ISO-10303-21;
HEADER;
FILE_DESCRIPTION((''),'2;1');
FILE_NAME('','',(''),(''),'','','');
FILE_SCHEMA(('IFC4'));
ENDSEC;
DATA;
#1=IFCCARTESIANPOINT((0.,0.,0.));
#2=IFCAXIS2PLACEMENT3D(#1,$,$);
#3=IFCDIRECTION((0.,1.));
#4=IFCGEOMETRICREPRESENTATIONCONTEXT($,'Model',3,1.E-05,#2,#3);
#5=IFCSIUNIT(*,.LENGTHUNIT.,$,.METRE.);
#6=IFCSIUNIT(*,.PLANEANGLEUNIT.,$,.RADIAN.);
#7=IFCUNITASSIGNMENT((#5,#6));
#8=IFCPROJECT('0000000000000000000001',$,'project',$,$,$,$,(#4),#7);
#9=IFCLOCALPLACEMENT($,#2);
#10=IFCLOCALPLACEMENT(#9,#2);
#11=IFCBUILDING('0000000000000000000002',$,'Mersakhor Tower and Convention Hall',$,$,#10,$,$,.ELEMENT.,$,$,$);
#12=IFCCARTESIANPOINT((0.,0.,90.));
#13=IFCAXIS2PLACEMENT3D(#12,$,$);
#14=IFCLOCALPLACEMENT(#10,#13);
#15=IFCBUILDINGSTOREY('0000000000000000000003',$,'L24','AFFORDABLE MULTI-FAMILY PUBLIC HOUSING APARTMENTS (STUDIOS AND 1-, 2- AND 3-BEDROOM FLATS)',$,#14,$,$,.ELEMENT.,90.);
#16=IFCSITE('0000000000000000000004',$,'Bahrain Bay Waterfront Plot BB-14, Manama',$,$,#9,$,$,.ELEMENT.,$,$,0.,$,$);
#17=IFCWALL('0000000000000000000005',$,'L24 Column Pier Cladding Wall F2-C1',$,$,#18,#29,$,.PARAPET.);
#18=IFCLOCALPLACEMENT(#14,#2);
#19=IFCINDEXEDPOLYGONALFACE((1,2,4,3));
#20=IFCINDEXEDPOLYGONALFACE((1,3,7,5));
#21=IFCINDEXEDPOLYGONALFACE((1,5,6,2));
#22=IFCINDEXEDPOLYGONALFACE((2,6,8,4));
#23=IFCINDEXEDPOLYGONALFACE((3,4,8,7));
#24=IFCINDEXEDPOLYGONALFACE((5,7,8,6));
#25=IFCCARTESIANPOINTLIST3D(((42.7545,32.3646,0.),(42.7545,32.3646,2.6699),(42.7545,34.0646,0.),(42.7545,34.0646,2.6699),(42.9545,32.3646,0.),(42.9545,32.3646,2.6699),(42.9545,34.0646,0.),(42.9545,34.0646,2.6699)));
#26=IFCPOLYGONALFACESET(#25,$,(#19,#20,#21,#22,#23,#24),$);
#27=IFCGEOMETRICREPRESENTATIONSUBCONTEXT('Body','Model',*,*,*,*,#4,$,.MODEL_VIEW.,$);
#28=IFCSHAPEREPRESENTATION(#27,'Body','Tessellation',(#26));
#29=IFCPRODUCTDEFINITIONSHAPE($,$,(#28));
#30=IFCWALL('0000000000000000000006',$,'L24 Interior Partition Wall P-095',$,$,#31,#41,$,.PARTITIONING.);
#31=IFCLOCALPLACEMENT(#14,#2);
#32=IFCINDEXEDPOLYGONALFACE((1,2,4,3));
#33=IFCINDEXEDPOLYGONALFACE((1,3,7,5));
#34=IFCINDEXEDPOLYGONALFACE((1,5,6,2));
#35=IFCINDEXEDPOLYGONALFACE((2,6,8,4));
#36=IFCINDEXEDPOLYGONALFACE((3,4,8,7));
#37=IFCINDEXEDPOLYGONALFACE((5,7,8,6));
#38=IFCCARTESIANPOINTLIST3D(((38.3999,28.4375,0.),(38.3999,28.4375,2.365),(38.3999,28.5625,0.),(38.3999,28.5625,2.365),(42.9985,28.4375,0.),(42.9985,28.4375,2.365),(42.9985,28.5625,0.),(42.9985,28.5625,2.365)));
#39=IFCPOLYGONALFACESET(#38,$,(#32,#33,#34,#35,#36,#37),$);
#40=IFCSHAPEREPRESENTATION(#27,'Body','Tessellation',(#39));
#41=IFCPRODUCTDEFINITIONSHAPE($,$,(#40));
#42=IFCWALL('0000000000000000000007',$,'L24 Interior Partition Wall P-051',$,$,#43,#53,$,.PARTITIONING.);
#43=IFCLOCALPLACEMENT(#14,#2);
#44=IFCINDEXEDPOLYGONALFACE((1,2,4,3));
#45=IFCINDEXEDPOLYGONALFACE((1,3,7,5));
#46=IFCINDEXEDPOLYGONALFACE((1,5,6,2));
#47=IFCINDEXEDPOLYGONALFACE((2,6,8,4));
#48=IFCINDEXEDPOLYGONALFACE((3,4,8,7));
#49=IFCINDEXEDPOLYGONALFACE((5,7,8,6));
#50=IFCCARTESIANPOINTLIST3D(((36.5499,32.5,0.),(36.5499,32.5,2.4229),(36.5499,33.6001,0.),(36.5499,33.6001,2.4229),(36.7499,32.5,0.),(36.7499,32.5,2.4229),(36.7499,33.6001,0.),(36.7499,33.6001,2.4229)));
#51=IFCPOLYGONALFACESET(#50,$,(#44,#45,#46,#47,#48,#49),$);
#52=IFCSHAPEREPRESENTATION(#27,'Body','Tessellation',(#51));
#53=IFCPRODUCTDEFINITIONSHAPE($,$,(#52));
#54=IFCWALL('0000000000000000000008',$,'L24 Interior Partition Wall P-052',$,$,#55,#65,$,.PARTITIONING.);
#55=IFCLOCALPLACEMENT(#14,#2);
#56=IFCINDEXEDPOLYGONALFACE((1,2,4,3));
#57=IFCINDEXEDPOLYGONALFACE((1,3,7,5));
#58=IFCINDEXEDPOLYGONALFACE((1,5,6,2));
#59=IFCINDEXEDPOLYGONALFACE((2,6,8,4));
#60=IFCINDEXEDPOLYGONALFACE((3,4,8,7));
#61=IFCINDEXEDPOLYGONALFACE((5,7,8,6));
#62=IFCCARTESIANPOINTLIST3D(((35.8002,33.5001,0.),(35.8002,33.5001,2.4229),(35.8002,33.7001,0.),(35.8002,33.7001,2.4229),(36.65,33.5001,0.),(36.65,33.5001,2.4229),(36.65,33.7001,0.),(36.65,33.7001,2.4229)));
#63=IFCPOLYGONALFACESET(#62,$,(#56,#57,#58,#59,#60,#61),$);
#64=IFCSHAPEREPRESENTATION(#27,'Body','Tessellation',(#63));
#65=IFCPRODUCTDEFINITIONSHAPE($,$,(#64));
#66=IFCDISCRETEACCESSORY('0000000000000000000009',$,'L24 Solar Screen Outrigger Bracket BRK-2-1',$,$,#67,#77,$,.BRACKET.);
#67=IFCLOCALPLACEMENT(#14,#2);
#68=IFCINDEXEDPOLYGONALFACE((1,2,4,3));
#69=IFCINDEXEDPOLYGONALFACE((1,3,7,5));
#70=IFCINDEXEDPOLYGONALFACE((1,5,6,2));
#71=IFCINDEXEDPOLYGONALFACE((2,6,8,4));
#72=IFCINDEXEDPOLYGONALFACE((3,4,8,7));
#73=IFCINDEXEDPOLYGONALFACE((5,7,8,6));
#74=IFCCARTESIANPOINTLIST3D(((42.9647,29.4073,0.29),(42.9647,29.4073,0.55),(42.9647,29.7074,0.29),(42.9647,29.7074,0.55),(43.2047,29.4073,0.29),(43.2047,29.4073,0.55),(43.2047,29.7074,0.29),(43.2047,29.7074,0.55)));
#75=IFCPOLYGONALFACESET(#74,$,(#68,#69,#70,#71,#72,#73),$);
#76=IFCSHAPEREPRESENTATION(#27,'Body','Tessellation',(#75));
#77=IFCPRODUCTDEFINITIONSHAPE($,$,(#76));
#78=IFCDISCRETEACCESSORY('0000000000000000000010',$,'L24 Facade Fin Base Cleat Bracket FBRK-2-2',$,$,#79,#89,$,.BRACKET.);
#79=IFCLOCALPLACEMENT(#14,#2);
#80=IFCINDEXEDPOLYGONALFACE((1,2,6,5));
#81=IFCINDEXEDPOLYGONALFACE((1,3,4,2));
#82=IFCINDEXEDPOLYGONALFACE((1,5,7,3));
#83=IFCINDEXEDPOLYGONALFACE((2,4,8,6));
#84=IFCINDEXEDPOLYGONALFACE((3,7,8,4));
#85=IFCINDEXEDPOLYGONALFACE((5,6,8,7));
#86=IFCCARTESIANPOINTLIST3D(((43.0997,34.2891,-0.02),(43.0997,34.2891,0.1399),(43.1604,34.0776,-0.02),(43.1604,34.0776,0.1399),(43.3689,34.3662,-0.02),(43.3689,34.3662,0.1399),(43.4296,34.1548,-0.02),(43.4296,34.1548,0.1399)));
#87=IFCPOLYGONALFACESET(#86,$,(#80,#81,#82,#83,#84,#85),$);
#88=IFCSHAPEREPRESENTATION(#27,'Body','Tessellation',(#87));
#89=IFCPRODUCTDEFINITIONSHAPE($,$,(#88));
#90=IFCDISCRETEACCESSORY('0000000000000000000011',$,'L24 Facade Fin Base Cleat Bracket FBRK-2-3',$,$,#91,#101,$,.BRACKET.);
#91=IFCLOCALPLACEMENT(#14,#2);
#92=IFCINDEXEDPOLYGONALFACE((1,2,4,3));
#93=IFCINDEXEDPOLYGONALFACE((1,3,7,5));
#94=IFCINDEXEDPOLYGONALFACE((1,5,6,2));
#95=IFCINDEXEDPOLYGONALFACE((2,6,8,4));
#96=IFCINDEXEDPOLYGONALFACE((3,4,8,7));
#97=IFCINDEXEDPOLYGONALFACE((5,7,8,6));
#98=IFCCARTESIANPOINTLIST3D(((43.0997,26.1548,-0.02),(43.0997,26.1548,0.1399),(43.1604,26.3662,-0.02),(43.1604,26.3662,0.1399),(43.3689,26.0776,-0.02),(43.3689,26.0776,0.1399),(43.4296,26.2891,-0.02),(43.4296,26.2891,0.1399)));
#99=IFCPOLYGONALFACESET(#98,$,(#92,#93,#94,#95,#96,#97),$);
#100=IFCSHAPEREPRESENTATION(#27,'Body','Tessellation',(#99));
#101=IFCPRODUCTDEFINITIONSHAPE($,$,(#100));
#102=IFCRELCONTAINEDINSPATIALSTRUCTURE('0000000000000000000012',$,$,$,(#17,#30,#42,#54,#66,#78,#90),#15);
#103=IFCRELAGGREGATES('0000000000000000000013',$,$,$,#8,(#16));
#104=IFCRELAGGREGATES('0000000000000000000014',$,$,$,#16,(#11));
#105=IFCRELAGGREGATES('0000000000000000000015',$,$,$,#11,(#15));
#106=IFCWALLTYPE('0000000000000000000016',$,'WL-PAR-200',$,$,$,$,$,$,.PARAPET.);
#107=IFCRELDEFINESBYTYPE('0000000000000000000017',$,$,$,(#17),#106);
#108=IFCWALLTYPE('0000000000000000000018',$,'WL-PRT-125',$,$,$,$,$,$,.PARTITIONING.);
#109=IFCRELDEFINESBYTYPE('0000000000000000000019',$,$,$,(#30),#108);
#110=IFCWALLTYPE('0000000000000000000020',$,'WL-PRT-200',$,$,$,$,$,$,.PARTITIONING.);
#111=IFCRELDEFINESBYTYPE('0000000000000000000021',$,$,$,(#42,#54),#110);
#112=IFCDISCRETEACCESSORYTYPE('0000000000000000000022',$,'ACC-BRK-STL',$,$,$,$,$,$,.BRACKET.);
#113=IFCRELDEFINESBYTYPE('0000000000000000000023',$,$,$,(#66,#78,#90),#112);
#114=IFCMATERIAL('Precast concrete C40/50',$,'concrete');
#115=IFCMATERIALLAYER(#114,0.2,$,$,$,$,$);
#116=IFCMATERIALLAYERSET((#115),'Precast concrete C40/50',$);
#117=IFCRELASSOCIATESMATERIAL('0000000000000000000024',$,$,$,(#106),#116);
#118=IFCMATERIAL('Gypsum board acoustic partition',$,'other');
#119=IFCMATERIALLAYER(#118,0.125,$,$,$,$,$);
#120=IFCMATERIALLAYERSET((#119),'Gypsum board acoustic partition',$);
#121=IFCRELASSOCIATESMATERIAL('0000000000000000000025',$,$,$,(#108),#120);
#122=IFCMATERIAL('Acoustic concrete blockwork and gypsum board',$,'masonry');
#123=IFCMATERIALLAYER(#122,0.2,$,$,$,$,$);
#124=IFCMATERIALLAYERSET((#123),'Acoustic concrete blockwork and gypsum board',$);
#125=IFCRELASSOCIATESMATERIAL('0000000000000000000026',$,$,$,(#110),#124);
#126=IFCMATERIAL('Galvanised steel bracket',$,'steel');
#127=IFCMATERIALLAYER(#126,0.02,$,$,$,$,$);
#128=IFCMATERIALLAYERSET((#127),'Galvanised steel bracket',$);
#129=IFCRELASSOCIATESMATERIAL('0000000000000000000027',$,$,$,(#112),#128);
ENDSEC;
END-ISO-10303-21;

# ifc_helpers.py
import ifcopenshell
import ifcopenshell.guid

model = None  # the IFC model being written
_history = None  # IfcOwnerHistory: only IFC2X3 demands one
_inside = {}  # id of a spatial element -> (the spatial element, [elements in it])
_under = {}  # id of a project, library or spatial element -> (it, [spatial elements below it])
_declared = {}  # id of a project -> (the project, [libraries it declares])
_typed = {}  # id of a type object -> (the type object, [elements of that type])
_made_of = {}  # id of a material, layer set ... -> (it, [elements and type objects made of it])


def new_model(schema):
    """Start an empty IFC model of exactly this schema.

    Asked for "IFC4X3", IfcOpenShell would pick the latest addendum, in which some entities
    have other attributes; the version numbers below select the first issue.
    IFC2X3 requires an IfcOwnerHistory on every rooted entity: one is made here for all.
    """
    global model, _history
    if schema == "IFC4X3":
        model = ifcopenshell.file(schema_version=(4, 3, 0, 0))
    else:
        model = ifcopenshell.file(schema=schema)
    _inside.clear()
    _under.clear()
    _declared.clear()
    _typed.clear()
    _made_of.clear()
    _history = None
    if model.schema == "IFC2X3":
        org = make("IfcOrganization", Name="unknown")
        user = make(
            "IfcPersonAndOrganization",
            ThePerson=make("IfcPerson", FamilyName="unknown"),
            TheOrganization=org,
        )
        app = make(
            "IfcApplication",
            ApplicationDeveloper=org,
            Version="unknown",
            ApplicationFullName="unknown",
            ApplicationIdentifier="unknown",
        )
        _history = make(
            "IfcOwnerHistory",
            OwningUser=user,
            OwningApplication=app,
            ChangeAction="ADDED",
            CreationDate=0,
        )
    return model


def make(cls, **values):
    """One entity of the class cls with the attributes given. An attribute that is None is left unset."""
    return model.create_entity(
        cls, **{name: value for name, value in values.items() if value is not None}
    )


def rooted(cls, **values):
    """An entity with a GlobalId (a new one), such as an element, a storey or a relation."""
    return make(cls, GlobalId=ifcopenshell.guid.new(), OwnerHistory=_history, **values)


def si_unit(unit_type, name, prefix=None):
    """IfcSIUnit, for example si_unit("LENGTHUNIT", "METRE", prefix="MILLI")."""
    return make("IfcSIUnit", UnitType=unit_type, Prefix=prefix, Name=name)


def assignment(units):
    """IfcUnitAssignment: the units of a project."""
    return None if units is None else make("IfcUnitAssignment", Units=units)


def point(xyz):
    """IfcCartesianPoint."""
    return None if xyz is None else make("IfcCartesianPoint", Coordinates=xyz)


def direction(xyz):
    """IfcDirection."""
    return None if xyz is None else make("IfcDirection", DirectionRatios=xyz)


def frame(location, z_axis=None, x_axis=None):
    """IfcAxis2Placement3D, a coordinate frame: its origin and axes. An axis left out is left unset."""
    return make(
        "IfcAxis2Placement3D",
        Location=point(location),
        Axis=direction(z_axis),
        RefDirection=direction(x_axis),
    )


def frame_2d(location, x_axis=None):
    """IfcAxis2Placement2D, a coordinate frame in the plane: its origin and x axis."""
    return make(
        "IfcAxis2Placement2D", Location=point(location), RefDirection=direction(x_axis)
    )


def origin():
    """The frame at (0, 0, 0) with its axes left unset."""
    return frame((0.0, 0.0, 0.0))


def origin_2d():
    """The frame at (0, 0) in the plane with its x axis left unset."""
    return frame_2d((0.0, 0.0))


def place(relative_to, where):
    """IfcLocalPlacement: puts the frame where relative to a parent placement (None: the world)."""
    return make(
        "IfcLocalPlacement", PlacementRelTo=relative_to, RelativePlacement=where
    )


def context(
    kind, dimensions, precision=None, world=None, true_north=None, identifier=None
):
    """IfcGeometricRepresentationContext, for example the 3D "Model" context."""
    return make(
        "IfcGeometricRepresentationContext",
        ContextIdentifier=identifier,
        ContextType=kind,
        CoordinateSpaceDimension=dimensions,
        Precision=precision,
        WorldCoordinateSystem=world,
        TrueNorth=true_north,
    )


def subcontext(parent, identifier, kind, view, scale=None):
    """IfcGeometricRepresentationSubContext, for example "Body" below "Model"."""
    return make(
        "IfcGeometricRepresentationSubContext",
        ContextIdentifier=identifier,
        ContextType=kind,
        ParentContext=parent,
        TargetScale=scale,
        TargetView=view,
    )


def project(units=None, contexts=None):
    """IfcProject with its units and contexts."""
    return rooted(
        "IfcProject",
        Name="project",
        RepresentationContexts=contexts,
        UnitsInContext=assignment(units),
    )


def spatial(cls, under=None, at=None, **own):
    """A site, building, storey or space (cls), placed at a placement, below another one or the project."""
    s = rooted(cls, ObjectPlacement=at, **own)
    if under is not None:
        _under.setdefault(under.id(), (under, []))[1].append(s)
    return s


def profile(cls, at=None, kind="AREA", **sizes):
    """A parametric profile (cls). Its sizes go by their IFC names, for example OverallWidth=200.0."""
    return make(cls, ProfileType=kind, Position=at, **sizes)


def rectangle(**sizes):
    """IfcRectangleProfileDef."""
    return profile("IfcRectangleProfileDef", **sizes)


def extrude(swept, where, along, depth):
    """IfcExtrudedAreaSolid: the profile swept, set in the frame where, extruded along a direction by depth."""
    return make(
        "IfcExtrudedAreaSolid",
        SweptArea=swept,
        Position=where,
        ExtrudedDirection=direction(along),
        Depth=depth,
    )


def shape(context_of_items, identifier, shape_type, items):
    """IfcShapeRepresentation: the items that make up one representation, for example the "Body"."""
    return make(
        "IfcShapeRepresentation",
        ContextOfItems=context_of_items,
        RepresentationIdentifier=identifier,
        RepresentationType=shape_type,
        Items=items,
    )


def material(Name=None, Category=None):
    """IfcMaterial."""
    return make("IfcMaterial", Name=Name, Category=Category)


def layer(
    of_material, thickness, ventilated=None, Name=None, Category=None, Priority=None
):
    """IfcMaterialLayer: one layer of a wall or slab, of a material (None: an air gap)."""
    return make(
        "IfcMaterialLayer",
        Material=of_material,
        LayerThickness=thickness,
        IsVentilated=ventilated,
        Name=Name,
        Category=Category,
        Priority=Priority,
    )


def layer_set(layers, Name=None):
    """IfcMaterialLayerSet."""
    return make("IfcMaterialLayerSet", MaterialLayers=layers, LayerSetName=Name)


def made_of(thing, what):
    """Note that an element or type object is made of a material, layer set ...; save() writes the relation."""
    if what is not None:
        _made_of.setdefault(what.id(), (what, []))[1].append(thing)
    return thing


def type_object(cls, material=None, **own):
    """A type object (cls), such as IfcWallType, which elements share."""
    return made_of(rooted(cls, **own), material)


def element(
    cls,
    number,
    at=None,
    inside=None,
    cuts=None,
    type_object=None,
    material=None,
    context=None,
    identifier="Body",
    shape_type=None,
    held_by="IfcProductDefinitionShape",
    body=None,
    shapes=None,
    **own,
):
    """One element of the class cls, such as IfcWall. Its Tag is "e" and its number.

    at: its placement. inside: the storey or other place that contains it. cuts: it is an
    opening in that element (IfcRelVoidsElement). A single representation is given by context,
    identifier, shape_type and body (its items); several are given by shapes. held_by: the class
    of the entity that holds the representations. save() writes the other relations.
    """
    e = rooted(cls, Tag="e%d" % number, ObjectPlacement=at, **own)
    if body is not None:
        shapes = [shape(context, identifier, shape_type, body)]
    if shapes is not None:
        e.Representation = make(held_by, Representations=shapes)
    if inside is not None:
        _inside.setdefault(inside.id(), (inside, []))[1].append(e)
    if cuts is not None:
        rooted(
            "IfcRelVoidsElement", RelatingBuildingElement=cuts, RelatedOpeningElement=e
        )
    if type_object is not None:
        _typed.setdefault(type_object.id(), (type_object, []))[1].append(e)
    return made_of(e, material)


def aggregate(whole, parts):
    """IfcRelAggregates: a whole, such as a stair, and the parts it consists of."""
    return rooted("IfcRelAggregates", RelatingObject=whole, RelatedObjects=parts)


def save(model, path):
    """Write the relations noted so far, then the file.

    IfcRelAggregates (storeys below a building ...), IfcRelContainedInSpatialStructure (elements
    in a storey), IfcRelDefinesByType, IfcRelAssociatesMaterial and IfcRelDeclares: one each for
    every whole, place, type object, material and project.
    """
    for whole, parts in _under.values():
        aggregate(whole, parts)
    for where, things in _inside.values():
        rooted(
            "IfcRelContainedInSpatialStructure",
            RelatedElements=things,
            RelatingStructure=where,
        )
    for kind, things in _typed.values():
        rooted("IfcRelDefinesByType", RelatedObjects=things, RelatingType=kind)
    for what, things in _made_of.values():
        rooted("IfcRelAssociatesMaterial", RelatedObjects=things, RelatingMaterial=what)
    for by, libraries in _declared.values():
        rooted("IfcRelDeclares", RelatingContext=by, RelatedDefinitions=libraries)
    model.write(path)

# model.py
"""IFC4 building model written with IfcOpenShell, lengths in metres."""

from ifc_helpers import new_model, si_unit, direction, frame, frame_2d, origin, origin_2d, place, context, subcontext, project, spatial, rectangle, extrude, material, layer, layer_set, type_object, element, save


model = new_model("IFC4")

# Units and contexts
model_context = context("Model", 3, precision=1e-05, world=origin(), true_north=direction((0.0, 1.0)))
body_context = subcontext(model_context, "Body", "Model", "MODEL_VIEW")
ifc_project = project(units=[si_unit("LENGTHUNIT", "METRE"), si_unit("PLANEANGLEUNIT", "RADIAN")], contexts=[model_context])

# Site, building, storey
site_placement = place(None, origin())
site = spatial("IfcSite", under=ifc_project, at=site_placement, Name="Bahrain Bay Waterfront Plot BB-14, Manama", CompositionType="ELEMENT", RefElevation=0.0)
building_placement = place(site_placement, origin())
building = spatial("IfcBuilding", under=site, at=building_placement, Name="Mersakhor Tower and Convention Hall", CompositionType="ELEMENT")
storey_placement = place(building_placement, frame((0.0, 0.0, 90.0)))
storey = spatial("IfcBuildingStorey", under=building, at=storey_placement, Name="L24", Description="AFFORDABLE MULTI-FAMILY PUBLIC HOUSING APARTMENTS (STUDIOS AND 1-, 2- AND 3-BEDROOM FLATS)", CompositionType="ELEMENT", Elevation=90.0)

# Walls
ifc_material_1 = material(Name="Precast concrete C40/50", Category="concrete")
ifc_layer_1 = layer(ifc_material_1, 0.2)
ifc_layer_set_1 = layer_set([ifc_layer_1], Name="Precast concrete C40/50")
wall_type_1 = type_object("IfcWallType", Name="WL-PAR-200", PredefinedType="PARAPET", material=ifc_layer_set_1)
wall_1_placement = place(storey_placement, frame((42.8545, 34.0647, 0.0), z_axis=(0.0, 0.0, 1.0), x_axis=(0.0, -1.0, 0.0)))
element("IfcWall", 1, at=wall_1_placement, inside=storey, type_object=wall_type_1, Name="L24 Column Pier Cladding Wall F2-C1", PredefinedType="PARAPET", context=body_context, shape_type="SweptSolid", body=[
    extrude(rectangle(XDim=1.7, YDim=0.2, at=frame_2d((0.8501, 0.0))), origin(), (0.0, 0.0, 1.0), 2.6699),
])
ifc_material_2 = material(Name="Gypsum board acoustic partition", Category="other")
ifc_layer_2 = layer(ifc_material_2, 0.125)
ifc_layer_set_2 = layer_set([ifc_layer_2], Name="Gypsum board acoustic partition")
wall_type_2 = type_object("IfcWallType", Name="WL-PRT-125", PredefinedType="PARTITIONING", material=ifc_layer_set_2)
wall_2_placement = place(storey_placement, frame((42.9985, 28.5, 0.0), z_axis=(0.0, 0.0, 1.0), x_axis=(-1.0, 0.0, 0.0)))
element("IfcWall", 2, at=wall_2_placement, inside=storey, type_object=wall_type_2, Name="L24 Interior Partition Wall P-095", PredefinedType="PARTITIONING", context=body_context, shape_type="SweptSolid", body=[
    extrude(rectangle(XDim=4.5986, YDim=0.125, at=frame_2d((2.2993, 0.0))), origin(), (0.0, 0.0, 1.0), 2.365),
])
ifc_material_3 = material(Name="Acoustic concrete blockwork and gypsum board", Category="masonry")
ifc_layer_3 = layer(ifc_material_3, 0.2)
ifc_layer_set_3 = layer_set([ifc_layer_3], Name="Acoustic concrete blockwork and gypsum board")
wall_type_3 = type_object("IfcWallType", Name="WL-PRT-200", PredefinedType="PARTITIONING", material=ifc_layer_set_3)
wall_3_placement = place(storey_placement, frame((36.6499, 32.5, 0.0), z_axis=(0.0, 0.0, 1.0), x_axis=(0.0, 1.0, 0.0)))
element("IfcWall", 3, at=wall_3_placement, inside=storey, type_object=wall_type_3, Name="L24 Interior Partition Wall P-051", PredefinedType="PARTITIONING", context=body_context, shape_type="SweptSolid", body=[
    extrude(rectangle(XDim=1.1001, YDim=0.2, at=frame_2d((0.55, 0.0))), origin(), (0.0, 0.0, 1.0), 2.4229),
])
wall_4_placement = place(storey_placement, frame((36.6499, 33.6001, 0.0), z_axis=(0.0, 0.0, 1.0), x_axis=(-1.0, 0.0, 0.0)))
element("IfcWall", 4, at=wall_4_placement, inside=storey, type_object=wall_type_3, Name="L24 Interior Partition Wall P-052", PredefinedType="PARTITIONING", context=body_context, shape_type="SweptSolid", body=[
    extrude(rectangle(XDim=0.8499, YDim=0.2, at=frame_2d((0.4248, 0.0))), origin(), (0.0, 0.0, 1.0), 2.4229),
])

# Discrete accessories
ifc_material_4 = material(Name="Galvanised steel bracket", Category="steel")
ifc_layer_4 = layer(ifc_material_4, 0.02)
ifc_layer_set_4 = layer_set([ifc_layer_4], Name="Galvanised steel bracket")
discrete_accessory_type = type_object("IfcDiscreteAccessoryType", Name="ACC-BRK-STL", PredefinedType="BRACKET", material=ifc_layer_set_4)
discrete_accessory_placement = place(storey_placement, frame((43.0847, 29.5574, 0.29), z_axis=(0.0, 0.0, 1.0), x_axis=(0.0, -1.0, 0.0)))
element("IfcDiscreteAccessory", 5, at=discrete_accessory_placement, inside=storey, type_object=discrete_accessory_type, Name="L24 Solar Screen Outrigger Bracket BRK-2-1", PredefinedType="BRACKET", context=body_context, shape_type="SweptSolid", body=[
    extrude(rectangle(XDim=0.3, YDim=0.24, at=origin_2d()), origin(), (0.0, 0.0, 1.0), 0.26),
])
for number, where, z_axis, x_axis, name in (
    (6, (43.2646, 34.2219, -0.02), (0.0, 0.0, 1.0), (0.961262, 0.275637, 0.0), "L24 Facade Fin Base Cleat Bracket FBRK-2-2"),
    (7, (43.2646, 26.2219, -0.02), (0.0, 0.0, 1.0), (0.961262, -0.275637, 0.0), "L24 Facade Fin Base Cleat Bracket FBRK-2-3"),
):
    element("IfcDiscreteAccessory", number, at=place(storey_placement, frame(where, z_axis=z_axis, x_axis=x_axis)), inside=storey, type_object=discrete_accessory_type, Name=name, PredefinedType="BRACKET", context=body_context, shape_type="SweptSolid", body=[
        extrude(rectangle(XDim=0.28, YDim=0.22, at=origin_2d()), origin(), (0.0, 0.0, 1.0), 0.1599),
    ])

save(model, "model.ifc")
